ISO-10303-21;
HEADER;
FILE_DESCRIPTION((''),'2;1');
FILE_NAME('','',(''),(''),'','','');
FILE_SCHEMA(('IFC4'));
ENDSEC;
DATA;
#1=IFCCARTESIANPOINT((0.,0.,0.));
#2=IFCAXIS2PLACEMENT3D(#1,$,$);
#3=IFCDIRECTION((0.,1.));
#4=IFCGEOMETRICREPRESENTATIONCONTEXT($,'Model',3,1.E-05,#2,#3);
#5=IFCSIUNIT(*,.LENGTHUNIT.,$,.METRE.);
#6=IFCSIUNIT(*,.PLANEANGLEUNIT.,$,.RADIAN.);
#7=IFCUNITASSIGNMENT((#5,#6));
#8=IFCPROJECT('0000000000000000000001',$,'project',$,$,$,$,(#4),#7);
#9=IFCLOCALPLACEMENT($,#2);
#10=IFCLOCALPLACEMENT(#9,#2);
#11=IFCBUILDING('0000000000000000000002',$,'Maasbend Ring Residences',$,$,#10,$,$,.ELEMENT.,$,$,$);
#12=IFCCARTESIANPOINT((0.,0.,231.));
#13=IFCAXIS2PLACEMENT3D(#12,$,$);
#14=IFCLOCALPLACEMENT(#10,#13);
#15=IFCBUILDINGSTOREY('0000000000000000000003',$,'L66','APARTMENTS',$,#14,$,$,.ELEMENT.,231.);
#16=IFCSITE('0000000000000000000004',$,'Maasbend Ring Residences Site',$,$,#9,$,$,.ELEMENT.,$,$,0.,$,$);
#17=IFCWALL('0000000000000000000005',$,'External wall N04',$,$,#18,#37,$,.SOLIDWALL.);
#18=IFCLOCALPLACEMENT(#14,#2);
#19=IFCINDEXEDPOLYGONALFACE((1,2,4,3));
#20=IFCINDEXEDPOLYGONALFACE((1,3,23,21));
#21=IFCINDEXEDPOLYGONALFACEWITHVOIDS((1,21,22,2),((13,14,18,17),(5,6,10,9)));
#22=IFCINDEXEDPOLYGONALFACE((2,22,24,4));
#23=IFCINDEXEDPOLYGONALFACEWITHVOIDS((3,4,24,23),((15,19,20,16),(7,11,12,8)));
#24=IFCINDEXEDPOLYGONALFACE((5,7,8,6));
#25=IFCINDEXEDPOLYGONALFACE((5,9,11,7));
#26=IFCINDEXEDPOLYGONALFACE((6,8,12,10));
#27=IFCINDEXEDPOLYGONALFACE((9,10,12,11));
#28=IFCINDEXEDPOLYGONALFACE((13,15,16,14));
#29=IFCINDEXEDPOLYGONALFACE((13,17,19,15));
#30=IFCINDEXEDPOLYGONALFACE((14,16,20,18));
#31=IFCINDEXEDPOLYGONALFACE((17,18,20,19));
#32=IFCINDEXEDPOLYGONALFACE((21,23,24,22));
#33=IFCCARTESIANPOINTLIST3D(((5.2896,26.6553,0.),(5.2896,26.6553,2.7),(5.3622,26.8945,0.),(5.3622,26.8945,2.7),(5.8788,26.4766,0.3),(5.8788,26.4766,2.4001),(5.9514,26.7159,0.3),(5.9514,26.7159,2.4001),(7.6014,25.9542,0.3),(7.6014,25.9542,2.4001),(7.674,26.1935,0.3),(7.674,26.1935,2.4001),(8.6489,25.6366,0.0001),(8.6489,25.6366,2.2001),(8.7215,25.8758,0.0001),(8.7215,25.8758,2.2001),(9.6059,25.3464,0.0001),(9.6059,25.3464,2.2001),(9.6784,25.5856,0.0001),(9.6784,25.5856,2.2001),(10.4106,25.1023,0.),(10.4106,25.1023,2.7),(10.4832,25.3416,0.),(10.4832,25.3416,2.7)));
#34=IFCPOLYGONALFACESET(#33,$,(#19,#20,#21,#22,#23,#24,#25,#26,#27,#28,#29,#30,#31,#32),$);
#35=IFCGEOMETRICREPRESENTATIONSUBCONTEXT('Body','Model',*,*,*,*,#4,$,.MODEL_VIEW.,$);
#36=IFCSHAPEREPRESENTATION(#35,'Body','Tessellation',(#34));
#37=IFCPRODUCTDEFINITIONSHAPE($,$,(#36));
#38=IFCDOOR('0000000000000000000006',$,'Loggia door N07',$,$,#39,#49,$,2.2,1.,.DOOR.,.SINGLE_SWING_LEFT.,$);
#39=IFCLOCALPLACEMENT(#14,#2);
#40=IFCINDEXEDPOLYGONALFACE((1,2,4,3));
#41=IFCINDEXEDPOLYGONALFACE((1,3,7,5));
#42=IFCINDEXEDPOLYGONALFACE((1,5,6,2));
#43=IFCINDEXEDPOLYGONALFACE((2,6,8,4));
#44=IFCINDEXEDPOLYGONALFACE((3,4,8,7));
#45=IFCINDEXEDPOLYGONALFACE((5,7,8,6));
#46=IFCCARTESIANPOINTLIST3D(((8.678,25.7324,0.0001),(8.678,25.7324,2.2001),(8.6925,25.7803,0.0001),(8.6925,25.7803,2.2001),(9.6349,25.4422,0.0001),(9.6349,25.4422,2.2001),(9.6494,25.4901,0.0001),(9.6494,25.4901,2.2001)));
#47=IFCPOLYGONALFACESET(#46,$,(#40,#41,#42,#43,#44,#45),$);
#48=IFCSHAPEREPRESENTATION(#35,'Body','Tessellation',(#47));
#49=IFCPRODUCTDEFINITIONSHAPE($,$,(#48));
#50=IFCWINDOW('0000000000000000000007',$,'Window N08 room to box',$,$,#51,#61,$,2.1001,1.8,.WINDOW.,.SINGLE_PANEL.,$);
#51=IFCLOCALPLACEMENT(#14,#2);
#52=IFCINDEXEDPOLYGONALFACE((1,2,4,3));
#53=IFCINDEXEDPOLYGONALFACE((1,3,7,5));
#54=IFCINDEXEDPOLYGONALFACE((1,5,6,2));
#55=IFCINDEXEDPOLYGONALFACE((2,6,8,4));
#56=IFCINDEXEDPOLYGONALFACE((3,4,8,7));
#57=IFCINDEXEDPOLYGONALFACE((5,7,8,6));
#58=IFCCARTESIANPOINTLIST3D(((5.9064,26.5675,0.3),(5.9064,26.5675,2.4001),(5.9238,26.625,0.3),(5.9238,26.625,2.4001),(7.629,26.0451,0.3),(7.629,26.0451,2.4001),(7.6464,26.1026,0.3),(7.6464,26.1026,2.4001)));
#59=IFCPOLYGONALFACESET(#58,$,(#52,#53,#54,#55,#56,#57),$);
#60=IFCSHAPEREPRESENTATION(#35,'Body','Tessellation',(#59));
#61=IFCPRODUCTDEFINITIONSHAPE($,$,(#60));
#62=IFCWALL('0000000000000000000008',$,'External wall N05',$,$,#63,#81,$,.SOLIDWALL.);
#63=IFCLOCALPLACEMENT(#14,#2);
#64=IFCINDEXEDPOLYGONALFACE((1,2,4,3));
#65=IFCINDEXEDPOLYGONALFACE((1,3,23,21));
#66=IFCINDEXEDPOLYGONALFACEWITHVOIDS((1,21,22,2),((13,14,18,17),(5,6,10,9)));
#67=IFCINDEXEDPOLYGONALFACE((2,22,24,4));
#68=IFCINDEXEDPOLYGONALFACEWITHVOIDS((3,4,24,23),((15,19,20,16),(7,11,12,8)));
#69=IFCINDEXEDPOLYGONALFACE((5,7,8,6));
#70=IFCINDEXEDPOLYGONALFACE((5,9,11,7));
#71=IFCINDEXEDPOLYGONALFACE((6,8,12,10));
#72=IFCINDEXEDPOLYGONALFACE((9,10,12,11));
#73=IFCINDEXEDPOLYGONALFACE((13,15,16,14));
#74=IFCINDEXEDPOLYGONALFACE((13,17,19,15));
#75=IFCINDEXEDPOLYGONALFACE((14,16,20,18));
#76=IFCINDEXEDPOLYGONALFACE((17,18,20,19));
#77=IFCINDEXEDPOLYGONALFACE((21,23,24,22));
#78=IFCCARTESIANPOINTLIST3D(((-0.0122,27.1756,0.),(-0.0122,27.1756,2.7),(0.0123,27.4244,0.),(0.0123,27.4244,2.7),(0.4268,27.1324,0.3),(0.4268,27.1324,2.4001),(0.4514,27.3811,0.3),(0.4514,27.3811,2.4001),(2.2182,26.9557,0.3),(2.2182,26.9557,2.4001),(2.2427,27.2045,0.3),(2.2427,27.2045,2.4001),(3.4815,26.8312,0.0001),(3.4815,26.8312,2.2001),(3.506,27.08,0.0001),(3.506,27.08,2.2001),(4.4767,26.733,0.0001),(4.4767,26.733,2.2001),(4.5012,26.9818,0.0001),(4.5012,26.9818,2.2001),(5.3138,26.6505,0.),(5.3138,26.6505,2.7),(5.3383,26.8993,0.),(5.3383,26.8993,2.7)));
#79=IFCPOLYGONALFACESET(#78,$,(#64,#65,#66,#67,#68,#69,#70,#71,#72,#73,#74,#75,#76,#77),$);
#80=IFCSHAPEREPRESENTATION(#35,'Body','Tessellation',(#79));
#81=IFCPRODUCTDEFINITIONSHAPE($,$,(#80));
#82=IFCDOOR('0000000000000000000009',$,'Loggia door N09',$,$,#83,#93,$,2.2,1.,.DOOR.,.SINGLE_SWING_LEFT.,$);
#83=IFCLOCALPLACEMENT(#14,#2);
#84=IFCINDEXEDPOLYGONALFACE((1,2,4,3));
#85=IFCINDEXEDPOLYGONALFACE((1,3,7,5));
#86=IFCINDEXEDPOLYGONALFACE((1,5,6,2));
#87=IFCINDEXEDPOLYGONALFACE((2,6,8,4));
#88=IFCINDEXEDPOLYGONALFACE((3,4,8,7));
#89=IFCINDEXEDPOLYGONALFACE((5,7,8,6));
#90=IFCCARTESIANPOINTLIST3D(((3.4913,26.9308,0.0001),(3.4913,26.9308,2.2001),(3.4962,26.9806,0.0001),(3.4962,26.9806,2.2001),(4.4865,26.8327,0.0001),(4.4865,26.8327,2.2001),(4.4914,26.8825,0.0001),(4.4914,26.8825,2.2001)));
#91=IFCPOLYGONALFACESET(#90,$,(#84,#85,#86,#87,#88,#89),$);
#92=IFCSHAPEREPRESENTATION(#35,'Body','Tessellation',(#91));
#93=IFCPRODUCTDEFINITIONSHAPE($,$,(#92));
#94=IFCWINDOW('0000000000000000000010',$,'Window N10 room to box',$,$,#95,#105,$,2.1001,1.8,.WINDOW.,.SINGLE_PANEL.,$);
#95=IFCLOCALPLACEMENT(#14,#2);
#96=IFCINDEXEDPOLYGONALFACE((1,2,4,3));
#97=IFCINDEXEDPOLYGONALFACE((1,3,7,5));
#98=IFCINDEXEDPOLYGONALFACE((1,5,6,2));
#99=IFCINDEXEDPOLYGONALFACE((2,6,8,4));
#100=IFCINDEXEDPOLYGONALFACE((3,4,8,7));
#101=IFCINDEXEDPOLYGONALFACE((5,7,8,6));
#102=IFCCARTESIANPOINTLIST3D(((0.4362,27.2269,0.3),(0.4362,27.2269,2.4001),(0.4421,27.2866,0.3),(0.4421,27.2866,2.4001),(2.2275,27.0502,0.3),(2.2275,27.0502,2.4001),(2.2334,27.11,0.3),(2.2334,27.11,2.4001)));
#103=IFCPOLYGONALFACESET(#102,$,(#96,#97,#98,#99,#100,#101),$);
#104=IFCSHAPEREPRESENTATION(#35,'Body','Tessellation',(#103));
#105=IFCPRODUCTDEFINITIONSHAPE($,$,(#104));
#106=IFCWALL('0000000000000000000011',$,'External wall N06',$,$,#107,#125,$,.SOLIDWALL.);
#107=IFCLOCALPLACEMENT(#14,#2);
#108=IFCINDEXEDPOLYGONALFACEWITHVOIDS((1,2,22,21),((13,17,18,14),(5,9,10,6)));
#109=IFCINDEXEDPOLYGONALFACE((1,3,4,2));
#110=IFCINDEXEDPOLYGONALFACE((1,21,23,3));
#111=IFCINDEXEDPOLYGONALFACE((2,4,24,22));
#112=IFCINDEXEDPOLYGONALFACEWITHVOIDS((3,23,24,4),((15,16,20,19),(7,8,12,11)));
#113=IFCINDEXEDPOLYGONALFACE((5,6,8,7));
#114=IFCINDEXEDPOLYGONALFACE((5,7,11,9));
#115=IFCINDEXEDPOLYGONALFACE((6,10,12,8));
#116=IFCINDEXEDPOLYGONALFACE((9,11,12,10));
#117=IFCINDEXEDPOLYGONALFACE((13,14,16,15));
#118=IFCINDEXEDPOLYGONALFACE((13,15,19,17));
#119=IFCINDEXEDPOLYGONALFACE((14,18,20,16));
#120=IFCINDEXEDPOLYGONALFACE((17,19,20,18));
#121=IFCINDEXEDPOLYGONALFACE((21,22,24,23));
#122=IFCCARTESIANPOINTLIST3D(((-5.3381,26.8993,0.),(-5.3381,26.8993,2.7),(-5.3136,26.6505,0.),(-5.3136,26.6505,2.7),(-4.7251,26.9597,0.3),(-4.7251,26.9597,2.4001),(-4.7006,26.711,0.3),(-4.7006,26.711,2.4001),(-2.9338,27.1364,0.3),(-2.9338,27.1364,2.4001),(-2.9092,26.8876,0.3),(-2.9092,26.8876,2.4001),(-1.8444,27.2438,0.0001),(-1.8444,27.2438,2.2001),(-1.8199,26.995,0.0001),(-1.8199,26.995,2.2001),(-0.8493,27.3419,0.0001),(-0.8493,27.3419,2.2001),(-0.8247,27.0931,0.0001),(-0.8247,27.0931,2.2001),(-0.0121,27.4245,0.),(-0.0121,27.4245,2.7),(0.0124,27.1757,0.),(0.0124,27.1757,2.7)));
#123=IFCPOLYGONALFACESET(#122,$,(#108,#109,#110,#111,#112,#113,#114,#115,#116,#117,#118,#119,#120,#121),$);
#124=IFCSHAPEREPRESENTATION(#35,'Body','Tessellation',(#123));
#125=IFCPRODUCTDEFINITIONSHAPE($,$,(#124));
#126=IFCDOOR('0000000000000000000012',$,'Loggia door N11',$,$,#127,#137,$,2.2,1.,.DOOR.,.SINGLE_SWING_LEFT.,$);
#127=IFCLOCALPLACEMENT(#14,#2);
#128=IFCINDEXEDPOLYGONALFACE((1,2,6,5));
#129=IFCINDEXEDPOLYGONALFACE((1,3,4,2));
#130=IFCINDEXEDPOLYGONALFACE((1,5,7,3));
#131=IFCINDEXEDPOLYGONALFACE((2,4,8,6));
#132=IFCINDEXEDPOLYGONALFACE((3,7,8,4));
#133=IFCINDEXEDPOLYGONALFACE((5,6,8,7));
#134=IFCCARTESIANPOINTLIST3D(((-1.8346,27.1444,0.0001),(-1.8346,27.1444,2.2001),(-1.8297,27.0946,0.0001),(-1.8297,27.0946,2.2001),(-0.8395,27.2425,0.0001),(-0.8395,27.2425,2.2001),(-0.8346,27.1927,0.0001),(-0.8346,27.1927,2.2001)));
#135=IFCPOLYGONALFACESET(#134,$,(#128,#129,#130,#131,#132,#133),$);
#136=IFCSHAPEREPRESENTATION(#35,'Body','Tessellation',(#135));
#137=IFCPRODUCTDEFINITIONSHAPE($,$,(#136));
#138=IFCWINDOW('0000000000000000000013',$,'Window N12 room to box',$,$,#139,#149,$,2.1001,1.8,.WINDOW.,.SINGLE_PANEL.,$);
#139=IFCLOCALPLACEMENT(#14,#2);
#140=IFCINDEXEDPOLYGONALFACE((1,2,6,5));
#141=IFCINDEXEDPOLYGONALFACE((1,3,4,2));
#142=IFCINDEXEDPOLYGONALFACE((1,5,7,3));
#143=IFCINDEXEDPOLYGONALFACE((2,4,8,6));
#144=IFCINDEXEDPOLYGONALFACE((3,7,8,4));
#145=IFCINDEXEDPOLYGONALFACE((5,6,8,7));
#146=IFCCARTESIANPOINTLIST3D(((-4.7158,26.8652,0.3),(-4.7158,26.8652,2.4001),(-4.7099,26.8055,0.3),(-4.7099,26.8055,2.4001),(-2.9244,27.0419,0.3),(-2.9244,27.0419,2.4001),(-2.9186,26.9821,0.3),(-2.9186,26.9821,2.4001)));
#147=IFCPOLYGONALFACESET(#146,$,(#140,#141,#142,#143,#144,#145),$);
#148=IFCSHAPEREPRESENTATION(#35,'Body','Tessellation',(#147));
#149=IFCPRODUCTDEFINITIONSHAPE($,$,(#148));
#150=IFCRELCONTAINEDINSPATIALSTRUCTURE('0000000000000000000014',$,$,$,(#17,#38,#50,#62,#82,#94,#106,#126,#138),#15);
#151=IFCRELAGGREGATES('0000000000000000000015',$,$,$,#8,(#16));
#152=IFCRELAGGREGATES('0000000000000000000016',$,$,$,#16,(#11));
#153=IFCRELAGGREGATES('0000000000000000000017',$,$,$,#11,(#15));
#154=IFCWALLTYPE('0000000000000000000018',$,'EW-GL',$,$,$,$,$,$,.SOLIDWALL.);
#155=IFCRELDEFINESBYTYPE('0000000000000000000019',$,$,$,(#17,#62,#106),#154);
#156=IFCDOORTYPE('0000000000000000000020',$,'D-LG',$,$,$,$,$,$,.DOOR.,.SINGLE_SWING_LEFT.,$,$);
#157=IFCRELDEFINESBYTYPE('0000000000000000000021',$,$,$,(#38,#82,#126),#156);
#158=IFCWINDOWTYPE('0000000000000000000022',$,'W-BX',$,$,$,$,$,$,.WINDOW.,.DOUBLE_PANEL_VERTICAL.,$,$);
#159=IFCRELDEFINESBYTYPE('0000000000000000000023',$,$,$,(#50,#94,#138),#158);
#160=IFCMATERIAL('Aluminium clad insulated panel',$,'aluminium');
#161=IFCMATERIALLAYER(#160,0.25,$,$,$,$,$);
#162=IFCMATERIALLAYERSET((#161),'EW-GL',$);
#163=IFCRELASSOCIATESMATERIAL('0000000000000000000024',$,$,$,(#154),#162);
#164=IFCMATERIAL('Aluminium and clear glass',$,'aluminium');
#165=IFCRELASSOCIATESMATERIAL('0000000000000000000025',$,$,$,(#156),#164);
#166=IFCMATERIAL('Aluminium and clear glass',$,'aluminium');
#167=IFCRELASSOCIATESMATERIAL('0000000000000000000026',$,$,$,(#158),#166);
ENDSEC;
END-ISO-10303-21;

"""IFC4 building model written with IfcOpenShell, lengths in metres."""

from ifc_helpers import new_model, si_unit, direction, frame, frame_2d, origin, place, context, subcontext, project, spatial, rectangle, extrude, material, layer, layer_set, type_object, element, fill, save


model = new_model("IFC4")

# Units and contexts
model_context = context("Model", 3, precision=1e-05, world=origin(), true_north=direction((0.0, 1.0)))
body_context = subcontext(model_context, "Body", "Model", "MODEL_VIEW")
ifc_project = project(units=[si_unit("LENGTHUNIT", "METRE"), si_unit("PLANEANGLEUNIT", "RADIAN")], contexts=[model_context])

# Site, building, storey
site_placement = place(None, origin())
site = spatial("IfcSite", under=ifc_project, at=site_placement, Name="Maasbend Ring Residences Site", CompositionType="ELEMENT", RefElevation=0.0)
building_placement = place(site_placement, origin())
building = spatial("IfcBuilding", under=site, at=building_placement, Name="Maasbend Ring Residences", CompositionType="ELEMENT")
storey_placement = place(building_placement, frame((0.0, 0.0, 231.0)))
storey = spatial("IfcBuildingStorey", under=building, at=storey_placement, Name="L66", Description="APARTMENTS", CompositionType="ELEMENT", Elevation=231.0)

# Walls, openings, doors, windows
ifc_material_1 = material(Name="Aluminium clad insulated panel", Category="aluminium")
ifc_layer_1 = layer(ifc_material_1, 0.25)
ifc_layer_set_1 = layer_set([ifc_layer_1], Name="EW-GL")
wall_type_1 = type_object("IfcWallType", Name="EW-GL", PredefinedType="SOLIDWALL", material=ifc_layer_set_1)
wall_1_placement = place(storey_placement, frame((10.447, 25.2219, 0.0), z_axis=(0.0, 0.0, 1.0), x_axis=(-0.956966, 0.290201, 0.0)))
wall_1 = element("IfcWall", 1, at=wall_1_placement, inside=storey, type_object=wall_type_1, Name="External wall N04", PredefinedType="SOLIDWALL", context=body_context, shape_type="SweptSolid", body=[
    extrude(rectangle(XDim=5.3513, YDim=0.25, at=frame_2d((2.6758, 0.0))), origin(), (0.0, 0.0, 1.0), 2.7),
])
opening_1_placement = place(wall_1_placement, frame((0.8411, 0.0, 0.0)))
opening_1 = element("IfcOpeningElement", 2, at=opening_1_placement, cuts=wall_1, PredefinedType="OPENING", context=body_context, shape_type="SweptSolid", body=[
    extrude(rectangle(XDim=1.0, YDim=2.2, at=frame_2d((0.5, 1.1001))), frame((0.0, 0.135, 0.0), z_axis=(0.0, -1.0, 0.0), x_axis=(1.0, 0.0, 0.0)), (0.0, 0.0, 1.0), 0.27),
])
opening_2_placement = place(wall_1_placement, frame((2.9358, 0.0, 0.3)))
opening_2 = element("IfcOpeningElement", 3, at=opening_2_placement, cuts=wall_1, PredefinedType="OPENING", context=body_context, shape_type="SweptSolid", body=[
    extrude(rectangle(XDim=1.8, YDim=2.1001, at=frame_2d((0.8999, 1.05))), frame((0.0, 0.135, 0.0), z_axis=(0.0, -1.0, 0.0), x_axis=(1.0, 0.0, 0.0)), (0.0, 0.0, 1.0), 0.27),
])
ifc_material_2 = material(Name="Aluminium and clear glass", Category="aluminium")
door_type = type_object("IfcDoorType", Name="D-LG", OperationType="SINGLE_SWING_LEFT", PredefinedType="DOOR", material=ifc_material_2)
door_1_placement = place(opening_1_placement, origin())
door_1 = element("IfcDoor", 4, at=door_1_placement, inside=storey, type_object=door_type, Name="Loggia door N07", OperationType="SINGLE_SWING_LEFT", OverallHeight=2.2, OverallWidth=1.0, PredefinedType="DOOR", context=body_context, shape_type="SweptSolid", body=[
    extrude(rectangle(XDim=1.0, YDim=2.2, at=frame_2d((0.5, 1.1001))), frame((0.0, 0.0249, 0.0), z_axis=(0.0, -1.0, 0.0), x_axis=(1.0, 0.0, 0.0)), (0.0, 0.0, 1.0), 0.05),
])
fill(opening_1, door_1)
ifc_material_3 = material(Name="Aluminium and clear glass", Category="aluminium")
window_type_1 = type_object("IfcWindowType", Name="W-BX", PartitioningType="DOUBLE_PANEL_VERTICAL", PredefinedType="WINDOW", material=ifc_material_3)
window_1_placement = place(opening_2_placement, origin())
window_1 = element("IfcWindow", 5, at=window_1_placement, inside=storey, type_object=window_type_1, Name="Window N08 room to box", OverallHeight=2.1001, OverallWidth=1.8, PartitioningType="SINGLE_PANEL", PredefinedType="WINDOW", context=body_context, shape_type="SweptSolid", body=[
    extrude(rectangle(XDim=1.8, YDim=2.1001, at=frame_2d((0.8999, 1.05))), frame((0.0, 0.03, 0.0), z_axis=(0.0, -1.0, 0.0), x_axis=(1.0, 0.0, 0.0)), (0.0, 0.0, 1.0), 0.0601),
])
fill(opening_2, window_1)
wall_2_placement = place(storey_placement, frame((5.3259, 26.7749, 0.0), z_axis=(0.0, 0.0, 1.0), x_axis=(-0.995174, 0.098126, 0.0)))
wall_2 = element("IfcWall", 6, at=wall_2_placement, inside=storey, type_object=wall_type_1, Name="External wall N05", PredefinedType="SOLIDWALL", context=body_context, shape_type="SweptSolid", body=[
    extrude(rectangle(XDim=5.3518, YDim=0.25, at=frame_2d((2.6758, 0.0))), origin(), (0.0, 0.0, 1.0), 2.7),
])
opening_3_placement = place(wall_2_placement, frame((0.8411, 0.0, 0.0)))
opening_3 = element("IfcOpeningElement", 7, at=opening_3_placement, cuts=wall_2, PredefinedType="OPENING", context=body_context, shape_type="SweptSolid", body=[
    extrude(rectangle(XDim=1.0, YDim=2.2, at=frame_2d((0.5, 1.1001))), frame((0.0, 0.135, 0.0), z_axis=(0.0, -1.0, 0.0), x_axis=(1.0, 0.0, 0.0)), (0.0, 0.0, 1.0), 0.27),
])
opening_4_placement = place(wall_2_placement, frame((3.1106, 0.0, 0.3)))
opening_4 = element("IfcOpeningElement", 8, at=opening_4_placement, cuts=wall_2, PredefinedType="OPENING", context=body_context, shape_type="SweptSolid", body=[
    extrude(rectangle(XDim=1.8, YDim=2.1001, at=frame_2d((0.8999, 1.05))), frame((0.0, 0.135, 0.0), z_axis=(0.0, -1.0, 0.0), x_axis=(1.0, 0.0, 0.0)), (0.0, 0.0, 1.0), 0.27),
])
door_2_placement = place(opening_3_placement, origin())
door_2 = element("IfcDoor", 9, at=door_2_placement, inside=storey, type_object=door_type, Name="Loggia door N09", OperationType="SINGLE_SWING_LEFT", OverallHeight=2.2, OverallWidth=1.0, PredefinedType="DOOR", context=body_context, shape_type="SweptSolid", body=[
    extrude(rectangle(XDim=1.0, YDim=2.2, at=frame_2d((0.5, 1.1001))), frame((0.0, 0.0249, 0.0), z_axis=(0.0, -1.0, 0.0), x_axis=(1.0, 0.0, 0.0)), (0.0, 0.0, 1.0), 0.05),
])
fill(opening_3, door_2)
window_2_placement = place(opening_4_placement, origin())
window_2 = element("IfcWindow", 10, at=window_2_placement, inside=storey, type_object=window_type_1, Name="Window N10 room to box", OverallHeight=2.1001, OverallWidth=1.8, PartitioningType="SINGLE_PANEL", PredefinedType="WINDOW", context=body_context, shape_type="SweptSolid", body=[
    extrude(rectangle(XDim=1.8, YDim=2.1001, at=frame_2d((0.8999, 1.05))), frame((0.0, 0.03, 0.0), z_axis=(0.0, -1.0, 0.0), x_axis=(1.0, 0.0, 0.0)), (0.0, 0.0, 1.0), 0.0601),
])
fill(opening_4, window_2)
wall_3_placement = place(storey_placement, frame((0.0, 27.3, 0.0), z_axis=(0.0, 0.0, 1.0), x_axis=(-0.995174, -0.098126, 0.0)))
wall_3 = element("IfcWall", 11, at=wall_3_placement, inside=storey, type_object=wall_type_1, Name="External wall N06", PredefinedType="SOLIDWALL", context=body_context, shape_type="SweptSolid", body=[
    extrude(rectangle(XDim=5.3518, YDim=0.25, at=frame_2d((2.6758, 0.0))), origin(), (0.0, 0.0, 1.0), 2.7),
])
opening_5_placement = place(wall_3_placement, frame((0.8411, 0.0, 0.0)))
opening_5 = element("IfcOpeningElement", 12, at=opening_5_placement, cuts=wall_3, PredefinedType="OPENING", context=body_context, shape_type="SweptSolid", body=[
    extrude(rectangle(XDim=1.0, YDim=2.2, at=frame_2d((0.5, 1.1001))), frame((0.0, 0.135, 0.0), z_axis=(0.0, -1.0, 0.0), x_axis=(1.0, 0.0, 0.0)), (0.0, 0.0, 1.0), 0.27),
])
opening_6_placement = place(wall_3_placement, frame((2.9358, 0.0, 0.3)))
opening_6 = element("IfcOpeningElement", 13, at=opening_6_placement, cuts=wall_3, PredefinedType="OPENING", context=body_context, shape_type="SweptSolid", body=[
    extrude(rectangle(XDim=1.8, YDim=2.1001, at=frame_2d((0.8999, 1.05))), frame((0.0, 0.135, 0.0), z_axis=(0.0, -1.0, 0.0), x_axis=(1.0, 0.0, 0.0)), (0.0, 0.0, 1.0), 0.27),
])
door_3_placement = place(opening_5_placement, origin())
door_3 = element("IfcDoor", 14, at=door_3_placement, inside=storey, type_object=door_type, Name="Loggia door N11", OperationType="SINGLE_SWING_LEFT", OverallHeight=2.2, OverallWidth=1.0, PredefinedType="DOOR", context=body_context, shape_type="SweptSolid", body=[
    extrude(rectangle(XDim=1.0, YDim=2.2, at=frame_2d((0.5, 1.1001))), frame((0.0, 0.0249, 0.0), z_axis=(0.0, -1.0, 0.0), x_axis=(1.0, 0.0, 0.0)), (0.0, 0.0, 1.0), 0.05),
])
fill(opening_5, door_3)
window_3_placement = place(opening_6_placement, origin())
window_3 = element("IfcWindow", 15, at=window_3_placement, inside=storey, type_object=window_type_1, Name="Window N12 room to box", OverallHeight=2.1001, OverallWidth=1.8, PartitioningType="SINGLE_PANEL", PredefinedType="WINDOW", context=body_context, shape_type="SweptSolid", body=[
    extrude(rectangle(XDim=1.8, YDim=2.1001, at=frame_2d((0.8999, 1.05))), frame((0.0, 0.03, 0.0), z_axis=(0.0, -1.0, 0.0), x_axis=(1.0, 0.0, 0.0)), (0.0, 0.0, 1.0), 0.0601),
])
fill(opening_6, window_3)

save(model, "model.ifc")
